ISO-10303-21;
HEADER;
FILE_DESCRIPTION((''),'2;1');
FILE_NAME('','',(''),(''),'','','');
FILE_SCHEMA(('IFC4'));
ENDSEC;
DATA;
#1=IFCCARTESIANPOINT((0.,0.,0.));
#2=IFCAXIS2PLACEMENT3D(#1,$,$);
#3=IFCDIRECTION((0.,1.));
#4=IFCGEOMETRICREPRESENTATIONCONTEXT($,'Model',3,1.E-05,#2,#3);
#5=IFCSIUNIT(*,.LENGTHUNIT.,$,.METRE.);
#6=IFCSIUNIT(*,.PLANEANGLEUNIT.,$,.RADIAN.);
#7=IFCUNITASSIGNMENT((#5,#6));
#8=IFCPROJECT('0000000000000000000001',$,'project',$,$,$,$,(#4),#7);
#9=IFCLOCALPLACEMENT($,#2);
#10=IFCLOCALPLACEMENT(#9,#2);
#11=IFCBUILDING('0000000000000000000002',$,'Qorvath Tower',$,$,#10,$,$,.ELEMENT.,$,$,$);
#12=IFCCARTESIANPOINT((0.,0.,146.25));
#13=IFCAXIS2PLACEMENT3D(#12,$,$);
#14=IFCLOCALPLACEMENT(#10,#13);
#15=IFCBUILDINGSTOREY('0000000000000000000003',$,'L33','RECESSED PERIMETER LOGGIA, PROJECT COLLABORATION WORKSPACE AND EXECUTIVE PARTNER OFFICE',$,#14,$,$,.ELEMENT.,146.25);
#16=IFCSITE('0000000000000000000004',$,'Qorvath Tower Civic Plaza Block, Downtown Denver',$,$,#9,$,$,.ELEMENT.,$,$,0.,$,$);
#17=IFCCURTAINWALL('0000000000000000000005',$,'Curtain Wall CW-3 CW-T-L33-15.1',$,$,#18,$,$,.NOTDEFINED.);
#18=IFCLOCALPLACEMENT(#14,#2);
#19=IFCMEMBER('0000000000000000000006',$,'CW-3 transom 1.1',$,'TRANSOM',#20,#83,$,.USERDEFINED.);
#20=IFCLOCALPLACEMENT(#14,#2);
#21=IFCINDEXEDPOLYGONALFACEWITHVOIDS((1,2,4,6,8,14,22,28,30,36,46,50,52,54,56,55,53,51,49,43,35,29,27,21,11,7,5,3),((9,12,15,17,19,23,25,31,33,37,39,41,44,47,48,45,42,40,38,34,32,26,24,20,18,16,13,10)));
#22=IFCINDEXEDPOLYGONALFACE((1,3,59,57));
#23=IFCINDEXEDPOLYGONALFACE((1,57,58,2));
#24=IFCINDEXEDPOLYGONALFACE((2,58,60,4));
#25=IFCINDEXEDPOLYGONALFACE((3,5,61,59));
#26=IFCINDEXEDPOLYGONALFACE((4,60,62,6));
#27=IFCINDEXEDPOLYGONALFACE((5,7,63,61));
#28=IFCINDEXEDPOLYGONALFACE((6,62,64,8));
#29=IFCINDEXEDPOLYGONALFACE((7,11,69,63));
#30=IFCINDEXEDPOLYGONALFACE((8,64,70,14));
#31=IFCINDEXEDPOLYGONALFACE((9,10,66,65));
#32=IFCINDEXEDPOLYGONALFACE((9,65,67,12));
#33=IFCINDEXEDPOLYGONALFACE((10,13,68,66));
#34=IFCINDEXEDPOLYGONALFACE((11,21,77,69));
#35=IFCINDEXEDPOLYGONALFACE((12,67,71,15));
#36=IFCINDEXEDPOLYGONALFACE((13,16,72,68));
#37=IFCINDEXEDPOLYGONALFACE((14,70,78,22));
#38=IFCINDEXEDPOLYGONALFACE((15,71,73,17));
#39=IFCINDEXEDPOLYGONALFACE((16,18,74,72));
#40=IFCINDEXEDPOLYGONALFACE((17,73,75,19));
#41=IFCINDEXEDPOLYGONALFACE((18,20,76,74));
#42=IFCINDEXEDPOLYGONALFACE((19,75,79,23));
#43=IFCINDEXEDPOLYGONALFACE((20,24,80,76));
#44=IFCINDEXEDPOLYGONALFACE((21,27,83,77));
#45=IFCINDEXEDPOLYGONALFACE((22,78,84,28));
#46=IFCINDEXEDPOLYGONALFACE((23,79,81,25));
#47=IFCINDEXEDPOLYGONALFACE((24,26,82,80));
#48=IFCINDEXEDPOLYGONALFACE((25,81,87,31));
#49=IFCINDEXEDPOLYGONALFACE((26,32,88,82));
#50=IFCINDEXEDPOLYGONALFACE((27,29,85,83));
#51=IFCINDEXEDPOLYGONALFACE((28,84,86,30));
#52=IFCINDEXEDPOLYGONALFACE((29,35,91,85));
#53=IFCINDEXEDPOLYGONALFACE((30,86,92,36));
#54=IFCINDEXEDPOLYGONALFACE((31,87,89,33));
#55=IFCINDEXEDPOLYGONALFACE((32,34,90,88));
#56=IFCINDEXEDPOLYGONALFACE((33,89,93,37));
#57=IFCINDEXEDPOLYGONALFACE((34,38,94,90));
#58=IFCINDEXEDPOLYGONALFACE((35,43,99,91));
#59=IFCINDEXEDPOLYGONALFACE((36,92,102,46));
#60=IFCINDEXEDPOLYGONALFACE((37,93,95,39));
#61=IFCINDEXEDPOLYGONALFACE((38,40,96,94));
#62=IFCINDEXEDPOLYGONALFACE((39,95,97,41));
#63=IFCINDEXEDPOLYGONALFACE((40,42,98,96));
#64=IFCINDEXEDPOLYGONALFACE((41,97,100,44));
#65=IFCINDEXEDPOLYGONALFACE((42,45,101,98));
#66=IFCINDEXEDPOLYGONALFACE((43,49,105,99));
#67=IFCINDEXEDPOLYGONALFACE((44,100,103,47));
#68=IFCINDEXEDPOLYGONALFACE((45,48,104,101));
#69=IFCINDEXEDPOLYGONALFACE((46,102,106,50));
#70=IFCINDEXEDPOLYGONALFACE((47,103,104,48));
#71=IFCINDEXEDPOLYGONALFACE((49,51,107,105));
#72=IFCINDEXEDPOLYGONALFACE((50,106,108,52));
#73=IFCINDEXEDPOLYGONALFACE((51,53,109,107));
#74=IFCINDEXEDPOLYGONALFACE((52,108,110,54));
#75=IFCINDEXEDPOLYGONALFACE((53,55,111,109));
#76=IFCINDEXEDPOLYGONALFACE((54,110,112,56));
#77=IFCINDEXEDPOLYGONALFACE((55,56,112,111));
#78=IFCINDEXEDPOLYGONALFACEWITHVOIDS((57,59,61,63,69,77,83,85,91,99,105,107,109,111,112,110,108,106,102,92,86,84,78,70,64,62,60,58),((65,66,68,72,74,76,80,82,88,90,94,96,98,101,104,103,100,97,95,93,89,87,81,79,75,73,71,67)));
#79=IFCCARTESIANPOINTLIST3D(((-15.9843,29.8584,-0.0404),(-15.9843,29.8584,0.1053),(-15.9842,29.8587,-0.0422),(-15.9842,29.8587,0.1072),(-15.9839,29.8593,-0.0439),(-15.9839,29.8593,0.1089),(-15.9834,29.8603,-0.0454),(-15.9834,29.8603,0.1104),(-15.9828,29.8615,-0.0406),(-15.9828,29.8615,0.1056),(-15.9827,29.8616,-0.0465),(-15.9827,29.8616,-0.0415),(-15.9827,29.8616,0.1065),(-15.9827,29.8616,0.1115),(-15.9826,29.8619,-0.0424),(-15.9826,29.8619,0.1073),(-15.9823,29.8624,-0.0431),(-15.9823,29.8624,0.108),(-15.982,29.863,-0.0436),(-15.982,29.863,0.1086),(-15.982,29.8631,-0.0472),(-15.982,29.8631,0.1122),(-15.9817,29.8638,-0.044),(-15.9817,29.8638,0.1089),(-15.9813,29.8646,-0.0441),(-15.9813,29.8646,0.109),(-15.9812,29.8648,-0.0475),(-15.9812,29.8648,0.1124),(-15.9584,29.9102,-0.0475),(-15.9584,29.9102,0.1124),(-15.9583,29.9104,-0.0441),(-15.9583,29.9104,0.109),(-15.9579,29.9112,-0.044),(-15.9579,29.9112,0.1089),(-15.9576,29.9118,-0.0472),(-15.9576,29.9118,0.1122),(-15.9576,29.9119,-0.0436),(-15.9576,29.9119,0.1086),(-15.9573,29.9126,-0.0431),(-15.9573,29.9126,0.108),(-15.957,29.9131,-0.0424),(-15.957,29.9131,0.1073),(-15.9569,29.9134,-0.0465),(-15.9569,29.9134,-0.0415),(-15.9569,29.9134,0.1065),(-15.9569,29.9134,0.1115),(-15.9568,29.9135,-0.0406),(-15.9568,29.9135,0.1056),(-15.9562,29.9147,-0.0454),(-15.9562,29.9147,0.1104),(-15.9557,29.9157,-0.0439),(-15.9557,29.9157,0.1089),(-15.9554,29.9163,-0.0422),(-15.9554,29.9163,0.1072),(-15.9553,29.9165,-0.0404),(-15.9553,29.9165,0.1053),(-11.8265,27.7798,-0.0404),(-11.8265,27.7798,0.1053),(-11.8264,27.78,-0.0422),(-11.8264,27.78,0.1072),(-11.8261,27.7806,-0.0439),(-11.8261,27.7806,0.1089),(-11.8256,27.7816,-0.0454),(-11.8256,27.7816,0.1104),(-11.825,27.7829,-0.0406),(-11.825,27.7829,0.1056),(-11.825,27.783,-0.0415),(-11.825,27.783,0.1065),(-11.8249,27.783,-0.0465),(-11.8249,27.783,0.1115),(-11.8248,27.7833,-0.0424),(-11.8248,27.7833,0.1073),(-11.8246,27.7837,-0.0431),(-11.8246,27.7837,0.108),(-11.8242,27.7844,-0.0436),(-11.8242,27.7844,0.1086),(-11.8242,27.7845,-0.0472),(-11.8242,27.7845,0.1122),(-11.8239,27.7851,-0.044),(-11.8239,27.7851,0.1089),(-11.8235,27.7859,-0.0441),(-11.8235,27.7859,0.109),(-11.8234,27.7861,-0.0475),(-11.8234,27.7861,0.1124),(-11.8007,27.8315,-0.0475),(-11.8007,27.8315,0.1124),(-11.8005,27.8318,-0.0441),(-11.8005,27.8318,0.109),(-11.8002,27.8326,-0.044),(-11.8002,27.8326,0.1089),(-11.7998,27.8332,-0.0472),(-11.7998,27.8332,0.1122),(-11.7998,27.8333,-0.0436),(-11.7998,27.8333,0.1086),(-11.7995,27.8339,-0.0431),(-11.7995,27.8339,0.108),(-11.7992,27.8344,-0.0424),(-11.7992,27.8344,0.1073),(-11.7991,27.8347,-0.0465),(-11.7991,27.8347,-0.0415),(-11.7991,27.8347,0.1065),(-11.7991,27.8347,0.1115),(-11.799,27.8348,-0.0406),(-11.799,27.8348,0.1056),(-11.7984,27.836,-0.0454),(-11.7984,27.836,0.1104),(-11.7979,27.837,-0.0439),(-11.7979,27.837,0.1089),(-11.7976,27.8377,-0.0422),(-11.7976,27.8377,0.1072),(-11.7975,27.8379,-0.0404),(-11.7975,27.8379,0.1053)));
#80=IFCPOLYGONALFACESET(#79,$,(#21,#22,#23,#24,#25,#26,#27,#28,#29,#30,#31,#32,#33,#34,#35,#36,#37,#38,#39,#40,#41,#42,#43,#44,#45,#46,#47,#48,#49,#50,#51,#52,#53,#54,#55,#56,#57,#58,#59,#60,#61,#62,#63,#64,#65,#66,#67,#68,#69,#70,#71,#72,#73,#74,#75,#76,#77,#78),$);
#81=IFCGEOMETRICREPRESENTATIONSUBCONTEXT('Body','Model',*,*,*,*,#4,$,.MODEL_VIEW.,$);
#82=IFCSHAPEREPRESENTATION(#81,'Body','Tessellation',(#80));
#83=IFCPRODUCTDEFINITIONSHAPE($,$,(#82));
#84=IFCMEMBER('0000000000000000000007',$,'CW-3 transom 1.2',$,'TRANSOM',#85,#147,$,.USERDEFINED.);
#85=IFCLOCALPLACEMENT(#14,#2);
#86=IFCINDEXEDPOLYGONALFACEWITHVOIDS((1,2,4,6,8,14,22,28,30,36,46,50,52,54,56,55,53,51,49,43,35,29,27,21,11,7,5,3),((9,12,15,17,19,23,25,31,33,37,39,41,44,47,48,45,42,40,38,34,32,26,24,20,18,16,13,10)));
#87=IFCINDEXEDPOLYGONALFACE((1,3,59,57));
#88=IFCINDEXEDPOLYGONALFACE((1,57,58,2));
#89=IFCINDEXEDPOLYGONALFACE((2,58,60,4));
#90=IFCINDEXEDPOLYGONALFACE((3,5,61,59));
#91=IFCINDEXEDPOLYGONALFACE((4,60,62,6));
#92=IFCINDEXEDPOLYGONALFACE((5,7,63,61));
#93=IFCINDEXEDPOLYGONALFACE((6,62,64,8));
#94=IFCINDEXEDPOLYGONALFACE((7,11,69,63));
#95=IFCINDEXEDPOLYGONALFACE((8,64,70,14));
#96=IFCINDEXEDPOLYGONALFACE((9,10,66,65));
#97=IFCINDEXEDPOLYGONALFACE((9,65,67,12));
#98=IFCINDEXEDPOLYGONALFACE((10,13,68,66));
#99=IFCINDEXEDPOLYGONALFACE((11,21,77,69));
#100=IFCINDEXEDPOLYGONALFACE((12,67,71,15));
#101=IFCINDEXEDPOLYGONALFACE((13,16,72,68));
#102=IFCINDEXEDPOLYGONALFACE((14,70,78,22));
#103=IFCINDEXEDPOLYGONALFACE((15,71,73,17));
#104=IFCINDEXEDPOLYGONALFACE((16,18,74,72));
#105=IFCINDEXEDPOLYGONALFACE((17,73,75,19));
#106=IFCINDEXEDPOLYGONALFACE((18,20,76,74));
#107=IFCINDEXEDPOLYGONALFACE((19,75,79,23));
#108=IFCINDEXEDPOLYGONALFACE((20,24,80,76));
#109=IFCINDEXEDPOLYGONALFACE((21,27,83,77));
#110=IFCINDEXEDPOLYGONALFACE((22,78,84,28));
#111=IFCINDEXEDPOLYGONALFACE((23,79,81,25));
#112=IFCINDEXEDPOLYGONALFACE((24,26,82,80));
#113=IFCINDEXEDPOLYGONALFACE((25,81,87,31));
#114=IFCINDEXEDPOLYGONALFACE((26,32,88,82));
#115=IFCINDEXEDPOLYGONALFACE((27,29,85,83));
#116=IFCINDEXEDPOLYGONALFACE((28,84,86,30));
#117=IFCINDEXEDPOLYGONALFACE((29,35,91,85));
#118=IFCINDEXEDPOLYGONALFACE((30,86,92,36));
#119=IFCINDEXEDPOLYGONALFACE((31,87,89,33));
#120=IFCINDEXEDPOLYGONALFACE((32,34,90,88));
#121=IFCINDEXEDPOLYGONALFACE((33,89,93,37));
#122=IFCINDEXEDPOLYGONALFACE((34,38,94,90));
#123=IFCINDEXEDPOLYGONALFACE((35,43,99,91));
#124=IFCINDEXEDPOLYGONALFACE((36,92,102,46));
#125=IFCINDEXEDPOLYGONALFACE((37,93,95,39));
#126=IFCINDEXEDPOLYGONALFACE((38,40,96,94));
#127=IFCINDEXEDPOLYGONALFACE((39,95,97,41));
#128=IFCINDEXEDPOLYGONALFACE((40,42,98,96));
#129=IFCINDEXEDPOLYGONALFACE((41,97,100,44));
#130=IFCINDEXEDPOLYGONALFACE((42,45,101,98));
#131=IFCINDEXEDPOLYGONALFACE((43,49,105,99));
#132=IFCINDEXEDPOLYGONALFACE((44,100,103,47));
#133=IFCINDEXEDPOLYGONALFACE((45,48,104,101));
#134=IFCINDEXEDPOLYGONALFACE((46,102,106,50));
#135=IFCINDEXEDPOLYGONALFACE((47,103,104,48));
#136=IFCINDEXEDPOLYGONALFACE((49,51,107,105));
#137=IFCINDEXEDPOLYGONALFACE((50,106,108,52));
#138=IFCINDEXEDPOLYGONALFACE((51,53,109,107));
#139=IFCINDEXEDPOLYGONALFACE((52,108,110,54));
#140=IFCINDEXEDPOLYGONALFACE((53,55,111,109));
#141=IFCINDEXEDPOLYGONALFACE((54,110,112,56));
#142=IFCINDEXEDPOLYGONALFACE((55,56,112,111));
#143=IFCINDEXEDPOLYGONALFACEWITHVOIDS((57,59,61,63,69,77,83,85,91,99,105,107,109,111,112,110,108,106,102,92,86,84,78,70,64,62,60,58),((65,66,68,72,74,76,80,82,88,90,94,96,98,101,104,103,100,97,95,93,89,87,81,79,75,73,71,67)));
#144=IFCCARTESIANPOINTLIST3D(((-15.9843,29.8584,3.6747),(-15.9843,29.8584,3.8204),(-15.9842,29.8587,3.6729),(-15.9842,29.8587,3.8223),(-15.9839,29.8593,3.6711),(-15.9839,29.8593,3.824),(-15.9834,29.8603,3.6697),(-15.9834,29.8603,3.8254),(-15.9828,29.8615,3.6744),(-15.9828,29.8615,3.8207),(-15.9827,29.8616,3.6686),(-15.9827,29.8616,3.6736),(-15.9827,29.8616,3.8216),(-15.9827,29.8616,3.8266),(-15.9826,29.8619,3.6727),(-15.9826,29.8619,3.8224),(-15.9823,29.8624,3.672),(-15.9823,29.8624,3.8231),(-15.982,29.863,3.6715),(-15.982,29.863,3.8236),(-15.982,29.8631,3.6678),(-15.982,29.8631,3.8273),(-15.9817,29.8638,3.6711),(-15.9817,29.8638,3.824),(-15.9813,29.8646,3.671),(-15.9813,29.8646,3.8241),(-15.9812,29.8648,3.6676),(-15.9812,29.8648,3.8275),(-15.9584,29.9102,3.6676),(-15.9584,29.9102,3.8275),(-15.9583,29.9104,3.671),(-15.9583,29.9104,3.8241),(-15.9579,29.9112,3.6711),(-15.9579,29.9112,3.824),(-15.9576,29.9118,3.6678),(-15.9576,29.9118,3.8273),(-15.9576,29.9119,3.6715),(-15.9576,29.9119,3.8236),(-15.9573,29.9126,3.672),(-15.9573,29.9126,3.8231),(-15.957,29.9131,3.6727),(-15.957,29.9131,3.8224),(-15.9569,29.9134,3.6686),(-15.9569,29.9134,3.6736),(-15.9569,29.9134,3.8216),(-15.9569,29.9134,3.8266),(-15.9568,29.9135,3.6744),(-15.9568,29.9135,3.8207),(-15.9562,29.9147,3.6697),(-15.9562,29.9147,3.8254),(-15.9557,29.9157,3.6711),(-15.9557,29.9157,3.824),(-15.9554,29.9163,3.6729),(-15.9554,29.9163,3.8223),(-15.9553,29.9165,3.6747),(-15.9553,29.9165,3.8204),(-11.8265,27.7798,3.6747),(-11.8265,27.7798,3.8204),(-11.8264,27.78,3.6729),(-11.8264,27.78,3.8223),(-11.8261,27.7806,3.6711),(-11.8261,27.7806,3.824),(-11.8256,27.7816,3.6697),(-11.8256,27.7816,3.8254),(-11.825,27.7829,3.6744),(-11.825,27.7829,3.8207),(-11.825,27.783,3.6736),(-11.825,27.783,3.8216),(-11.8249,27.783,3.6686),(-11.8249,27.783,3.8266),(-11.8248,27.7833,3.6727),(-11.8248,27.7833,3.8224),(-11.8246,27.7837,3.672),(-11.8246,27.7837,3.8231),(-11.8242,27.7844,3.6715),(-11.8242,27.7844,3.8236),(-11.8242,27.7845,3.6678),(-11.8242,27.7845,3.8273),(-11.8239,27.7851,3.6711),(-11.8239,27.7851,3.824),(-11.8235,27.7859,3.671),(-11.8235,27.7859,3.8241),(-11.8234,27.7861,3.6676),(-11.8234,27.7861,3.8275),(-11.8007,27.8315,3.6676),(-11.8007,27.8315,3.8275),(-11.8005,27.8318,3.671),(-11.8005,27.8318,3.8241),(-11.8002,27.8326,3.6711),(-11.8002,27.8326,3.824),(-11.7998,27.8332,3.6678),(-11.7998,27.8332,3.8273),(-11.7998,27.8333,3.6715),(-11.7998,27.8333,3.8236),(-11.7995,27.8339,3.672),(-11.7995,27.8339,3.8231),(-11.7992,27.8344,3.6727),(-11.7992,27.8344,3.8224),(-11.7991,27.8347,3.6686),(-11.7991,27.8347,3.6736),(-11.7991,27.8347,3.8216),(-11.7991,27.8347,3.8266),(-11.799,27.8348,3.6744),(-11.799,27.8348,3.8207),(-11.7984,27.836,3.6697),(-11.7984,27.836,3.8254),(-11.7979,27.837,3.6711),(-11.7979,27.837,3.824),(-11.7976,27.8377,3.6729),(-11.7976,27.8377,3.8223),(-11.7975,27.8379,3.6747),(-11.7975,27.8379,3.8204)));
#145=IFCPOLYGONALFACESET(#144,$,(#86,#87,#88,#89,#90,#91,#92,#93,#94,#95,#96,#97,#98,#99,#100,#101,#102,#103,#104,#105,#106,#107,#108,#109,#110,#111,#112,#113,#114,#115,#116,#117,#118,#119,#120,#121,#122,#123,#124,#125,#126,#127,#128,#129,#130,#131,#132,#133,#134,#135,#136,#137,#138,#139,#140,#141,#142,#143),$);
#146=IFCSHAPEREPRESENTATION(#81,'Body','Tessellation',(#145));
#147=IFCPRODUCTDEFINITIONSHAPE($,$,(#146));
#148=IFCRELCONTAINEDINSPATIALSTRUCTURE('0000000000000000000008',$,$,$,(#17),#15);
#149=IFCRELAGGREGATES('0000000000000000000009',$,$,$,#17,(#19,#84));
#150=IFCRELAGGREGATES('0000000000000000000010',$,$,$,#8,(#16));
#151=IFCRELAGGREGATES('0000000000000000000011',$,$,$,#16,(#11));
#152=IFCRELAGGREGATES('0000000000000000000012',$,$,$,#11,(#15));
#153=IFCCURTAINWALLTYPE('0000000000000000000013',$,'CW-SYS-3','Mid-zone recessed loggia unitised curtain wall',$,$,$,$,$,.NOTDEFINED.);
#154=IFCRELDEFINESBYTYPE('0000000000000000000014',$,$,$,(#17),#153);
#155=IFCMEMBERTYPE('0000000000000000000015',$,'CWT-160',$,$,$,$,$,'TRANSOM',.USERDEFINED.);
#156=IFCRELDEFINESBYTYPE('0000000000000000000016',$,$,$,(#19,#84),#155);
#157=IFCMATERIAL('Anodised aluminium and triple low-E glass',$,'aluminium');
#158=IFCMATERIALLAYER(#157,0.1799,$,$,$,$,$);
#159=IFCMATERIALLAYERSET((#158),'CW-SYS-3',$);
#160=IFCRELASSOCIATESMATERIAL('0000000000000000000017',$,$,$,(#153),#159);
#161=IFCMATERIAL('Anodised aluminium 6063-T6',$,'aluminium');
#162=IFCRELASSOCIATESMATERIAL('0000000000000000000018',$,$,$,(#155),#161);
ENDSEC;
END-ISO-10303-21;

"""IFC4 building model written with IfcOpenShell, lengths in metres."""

from ifc_helpers import new_model, si_unit, direction, frame, origin, origin_2d, place, context, subcontext, project, spatial, hollow_rectangle, extrude, material, layer, layer_set, material_profile, profile_set, type_object, element, aggregate, save


model = new_model("IFC4")

# Units and contexts
model_context = context("Model", 3, precision=1e-05, world=origin(), true_north=direction((0.0, 1.0)))
body_context = subcontext(model_context, "Body", "Model", "MODEL_VIEW")
ifc_project = project(units=[si_unit("LENGTHUNIT", "METRE"), si_unit("PLANEANGLEUNIT", "RADIAN")], contexts=[model_context])

# Site, building, storey
site_placement = place(None, origin())
site = spatial("IfcSite", under=ifc_project, at=site_placement, Name="Qorvath Tower Civic Plaza Block, Downtown Denver", CompositionType="ELEMENT", RefElevation=0.0)
building_placement = place(site_placement, origin())
building = spatial("IfcBuilding", under=site, at=building_placement, Name="Qorvath Tower", CompositionType="ELEMENT")
storey_placement = place(building_placement, frame((0.0, 0.0, 146.25)))
storey = spatial("IfcBuildingStorey", under=building, at=storey_placement, Name="L33", Description="RECESSED PERIMETER LOGGIA, PROJECT COLLABORATION WORKSPACE AND EXECUTIVE PARTNER OFFICE", CompositionType="ELEMENT", Elevation=146.25)

# Shared definitions
ifc_material_1 = material(Name="Anodised aluminium and triple low-E glass", Category="aluminium")
ifc_layer_1 = layer(ifc_material_1, 0.1799)
ifc_layer_set_1 = layer_set([ifc_layer_1], Name="CW-SYS-3")
curtain_wall_type = type_object("IfcCurtainWallType", Name="CW-SYS-3", Description="Mid-zone recessed loggia unitised curtain wall", PredefinedType="NOTDEFINED", material=ifc_layer_set_1)

# Curtain wall
curtain_wall_1_placement = place(storey_placement, origin())
curtain_wall_1 = element("IfcCurtainWall", 1, at=curtain_wall_1_placement, inside=storey, type_object=curtain_wall_type, Name="Curtain Wall CW-3 CW-T-L33-15.1", PredefinedType="NOTDEFINED")

# Members
ifc_material_2 = material(Name="Anodised aluminium 6063-T6", Category="aluminium")
ifc_material_profile_1 = material_profile(ifc_material_2, hollow_rectangle(XDim=0.0649, YDim=0.1599, WallThickness=0.0034, InnerFilletRadius=0.0034, OuterFilletRadius=0.0071, at=origin_2d()), Name="CWT 160x65")
ifc_profile_set_1 = profile_set([ifc_material_profile_1], Name="Anodised aluminium 6063-T6")
member_type_1 = type_object("IfcMemberType", Name="CWT-160", ElementType="TRANSOM", PredefinedType="USERDEFINED", material=ifc_profile_set_1)
member_1_placement = place(storey_placement, frame((-11.812, 27.8088, 0.0325), z_axis=(-0.894448, 0.447172, 0.0), x_axis=(-0.447172, -0.894448, 0.0)))
member_1 = element("IfcMember", 2, at=member_1_placement, type_object=member_type_1, Name="CW-3 transom 1.1", ObjectType="TRANSOM", PredefinedType="USERDEFINED", context=body_context, shape_type="SweptSolid", body=[
    extrude(hollow_rectangle(XDim=0.0649, YDim=0.1599, WallThickness=0.0034, InnerFilletRadius=0.0034, OuterFilletRadius=0.0071, at=origin_2d()), origin(), (0.0, 0.0, 1.0), 4.6484),
])
member_2_placement = place(storey_placement, frame((-11.812, 27.8088, 3.7476), z_axis=(-0.894448, 0.447172, 0.0), x_axis=(-0.447172, -0.894448, 0.0)))
member_2 = element("IfcMember", 3, at=member_2_placement, type_object=member_type_1, Name="CW-3 transom 1.2", ObjectType="TRANSOM", PredefinedType="USERDEFINED", context=body_context, shape_type="SweptSolid", body=[
    extrude(hollow_rectangle(XDim=0.0649, YDim=0.1599, WallThickness=0.0034, InnerFilletRadius=0.0034, OuterFilletRadius=0.0071, at=origin_2d()), origin(), (0.0, 0.0, 1.0), 4.6484),
])

aggregate(curtain_wall_1, [member_1, member_2])

save(model, "model.ifc")
